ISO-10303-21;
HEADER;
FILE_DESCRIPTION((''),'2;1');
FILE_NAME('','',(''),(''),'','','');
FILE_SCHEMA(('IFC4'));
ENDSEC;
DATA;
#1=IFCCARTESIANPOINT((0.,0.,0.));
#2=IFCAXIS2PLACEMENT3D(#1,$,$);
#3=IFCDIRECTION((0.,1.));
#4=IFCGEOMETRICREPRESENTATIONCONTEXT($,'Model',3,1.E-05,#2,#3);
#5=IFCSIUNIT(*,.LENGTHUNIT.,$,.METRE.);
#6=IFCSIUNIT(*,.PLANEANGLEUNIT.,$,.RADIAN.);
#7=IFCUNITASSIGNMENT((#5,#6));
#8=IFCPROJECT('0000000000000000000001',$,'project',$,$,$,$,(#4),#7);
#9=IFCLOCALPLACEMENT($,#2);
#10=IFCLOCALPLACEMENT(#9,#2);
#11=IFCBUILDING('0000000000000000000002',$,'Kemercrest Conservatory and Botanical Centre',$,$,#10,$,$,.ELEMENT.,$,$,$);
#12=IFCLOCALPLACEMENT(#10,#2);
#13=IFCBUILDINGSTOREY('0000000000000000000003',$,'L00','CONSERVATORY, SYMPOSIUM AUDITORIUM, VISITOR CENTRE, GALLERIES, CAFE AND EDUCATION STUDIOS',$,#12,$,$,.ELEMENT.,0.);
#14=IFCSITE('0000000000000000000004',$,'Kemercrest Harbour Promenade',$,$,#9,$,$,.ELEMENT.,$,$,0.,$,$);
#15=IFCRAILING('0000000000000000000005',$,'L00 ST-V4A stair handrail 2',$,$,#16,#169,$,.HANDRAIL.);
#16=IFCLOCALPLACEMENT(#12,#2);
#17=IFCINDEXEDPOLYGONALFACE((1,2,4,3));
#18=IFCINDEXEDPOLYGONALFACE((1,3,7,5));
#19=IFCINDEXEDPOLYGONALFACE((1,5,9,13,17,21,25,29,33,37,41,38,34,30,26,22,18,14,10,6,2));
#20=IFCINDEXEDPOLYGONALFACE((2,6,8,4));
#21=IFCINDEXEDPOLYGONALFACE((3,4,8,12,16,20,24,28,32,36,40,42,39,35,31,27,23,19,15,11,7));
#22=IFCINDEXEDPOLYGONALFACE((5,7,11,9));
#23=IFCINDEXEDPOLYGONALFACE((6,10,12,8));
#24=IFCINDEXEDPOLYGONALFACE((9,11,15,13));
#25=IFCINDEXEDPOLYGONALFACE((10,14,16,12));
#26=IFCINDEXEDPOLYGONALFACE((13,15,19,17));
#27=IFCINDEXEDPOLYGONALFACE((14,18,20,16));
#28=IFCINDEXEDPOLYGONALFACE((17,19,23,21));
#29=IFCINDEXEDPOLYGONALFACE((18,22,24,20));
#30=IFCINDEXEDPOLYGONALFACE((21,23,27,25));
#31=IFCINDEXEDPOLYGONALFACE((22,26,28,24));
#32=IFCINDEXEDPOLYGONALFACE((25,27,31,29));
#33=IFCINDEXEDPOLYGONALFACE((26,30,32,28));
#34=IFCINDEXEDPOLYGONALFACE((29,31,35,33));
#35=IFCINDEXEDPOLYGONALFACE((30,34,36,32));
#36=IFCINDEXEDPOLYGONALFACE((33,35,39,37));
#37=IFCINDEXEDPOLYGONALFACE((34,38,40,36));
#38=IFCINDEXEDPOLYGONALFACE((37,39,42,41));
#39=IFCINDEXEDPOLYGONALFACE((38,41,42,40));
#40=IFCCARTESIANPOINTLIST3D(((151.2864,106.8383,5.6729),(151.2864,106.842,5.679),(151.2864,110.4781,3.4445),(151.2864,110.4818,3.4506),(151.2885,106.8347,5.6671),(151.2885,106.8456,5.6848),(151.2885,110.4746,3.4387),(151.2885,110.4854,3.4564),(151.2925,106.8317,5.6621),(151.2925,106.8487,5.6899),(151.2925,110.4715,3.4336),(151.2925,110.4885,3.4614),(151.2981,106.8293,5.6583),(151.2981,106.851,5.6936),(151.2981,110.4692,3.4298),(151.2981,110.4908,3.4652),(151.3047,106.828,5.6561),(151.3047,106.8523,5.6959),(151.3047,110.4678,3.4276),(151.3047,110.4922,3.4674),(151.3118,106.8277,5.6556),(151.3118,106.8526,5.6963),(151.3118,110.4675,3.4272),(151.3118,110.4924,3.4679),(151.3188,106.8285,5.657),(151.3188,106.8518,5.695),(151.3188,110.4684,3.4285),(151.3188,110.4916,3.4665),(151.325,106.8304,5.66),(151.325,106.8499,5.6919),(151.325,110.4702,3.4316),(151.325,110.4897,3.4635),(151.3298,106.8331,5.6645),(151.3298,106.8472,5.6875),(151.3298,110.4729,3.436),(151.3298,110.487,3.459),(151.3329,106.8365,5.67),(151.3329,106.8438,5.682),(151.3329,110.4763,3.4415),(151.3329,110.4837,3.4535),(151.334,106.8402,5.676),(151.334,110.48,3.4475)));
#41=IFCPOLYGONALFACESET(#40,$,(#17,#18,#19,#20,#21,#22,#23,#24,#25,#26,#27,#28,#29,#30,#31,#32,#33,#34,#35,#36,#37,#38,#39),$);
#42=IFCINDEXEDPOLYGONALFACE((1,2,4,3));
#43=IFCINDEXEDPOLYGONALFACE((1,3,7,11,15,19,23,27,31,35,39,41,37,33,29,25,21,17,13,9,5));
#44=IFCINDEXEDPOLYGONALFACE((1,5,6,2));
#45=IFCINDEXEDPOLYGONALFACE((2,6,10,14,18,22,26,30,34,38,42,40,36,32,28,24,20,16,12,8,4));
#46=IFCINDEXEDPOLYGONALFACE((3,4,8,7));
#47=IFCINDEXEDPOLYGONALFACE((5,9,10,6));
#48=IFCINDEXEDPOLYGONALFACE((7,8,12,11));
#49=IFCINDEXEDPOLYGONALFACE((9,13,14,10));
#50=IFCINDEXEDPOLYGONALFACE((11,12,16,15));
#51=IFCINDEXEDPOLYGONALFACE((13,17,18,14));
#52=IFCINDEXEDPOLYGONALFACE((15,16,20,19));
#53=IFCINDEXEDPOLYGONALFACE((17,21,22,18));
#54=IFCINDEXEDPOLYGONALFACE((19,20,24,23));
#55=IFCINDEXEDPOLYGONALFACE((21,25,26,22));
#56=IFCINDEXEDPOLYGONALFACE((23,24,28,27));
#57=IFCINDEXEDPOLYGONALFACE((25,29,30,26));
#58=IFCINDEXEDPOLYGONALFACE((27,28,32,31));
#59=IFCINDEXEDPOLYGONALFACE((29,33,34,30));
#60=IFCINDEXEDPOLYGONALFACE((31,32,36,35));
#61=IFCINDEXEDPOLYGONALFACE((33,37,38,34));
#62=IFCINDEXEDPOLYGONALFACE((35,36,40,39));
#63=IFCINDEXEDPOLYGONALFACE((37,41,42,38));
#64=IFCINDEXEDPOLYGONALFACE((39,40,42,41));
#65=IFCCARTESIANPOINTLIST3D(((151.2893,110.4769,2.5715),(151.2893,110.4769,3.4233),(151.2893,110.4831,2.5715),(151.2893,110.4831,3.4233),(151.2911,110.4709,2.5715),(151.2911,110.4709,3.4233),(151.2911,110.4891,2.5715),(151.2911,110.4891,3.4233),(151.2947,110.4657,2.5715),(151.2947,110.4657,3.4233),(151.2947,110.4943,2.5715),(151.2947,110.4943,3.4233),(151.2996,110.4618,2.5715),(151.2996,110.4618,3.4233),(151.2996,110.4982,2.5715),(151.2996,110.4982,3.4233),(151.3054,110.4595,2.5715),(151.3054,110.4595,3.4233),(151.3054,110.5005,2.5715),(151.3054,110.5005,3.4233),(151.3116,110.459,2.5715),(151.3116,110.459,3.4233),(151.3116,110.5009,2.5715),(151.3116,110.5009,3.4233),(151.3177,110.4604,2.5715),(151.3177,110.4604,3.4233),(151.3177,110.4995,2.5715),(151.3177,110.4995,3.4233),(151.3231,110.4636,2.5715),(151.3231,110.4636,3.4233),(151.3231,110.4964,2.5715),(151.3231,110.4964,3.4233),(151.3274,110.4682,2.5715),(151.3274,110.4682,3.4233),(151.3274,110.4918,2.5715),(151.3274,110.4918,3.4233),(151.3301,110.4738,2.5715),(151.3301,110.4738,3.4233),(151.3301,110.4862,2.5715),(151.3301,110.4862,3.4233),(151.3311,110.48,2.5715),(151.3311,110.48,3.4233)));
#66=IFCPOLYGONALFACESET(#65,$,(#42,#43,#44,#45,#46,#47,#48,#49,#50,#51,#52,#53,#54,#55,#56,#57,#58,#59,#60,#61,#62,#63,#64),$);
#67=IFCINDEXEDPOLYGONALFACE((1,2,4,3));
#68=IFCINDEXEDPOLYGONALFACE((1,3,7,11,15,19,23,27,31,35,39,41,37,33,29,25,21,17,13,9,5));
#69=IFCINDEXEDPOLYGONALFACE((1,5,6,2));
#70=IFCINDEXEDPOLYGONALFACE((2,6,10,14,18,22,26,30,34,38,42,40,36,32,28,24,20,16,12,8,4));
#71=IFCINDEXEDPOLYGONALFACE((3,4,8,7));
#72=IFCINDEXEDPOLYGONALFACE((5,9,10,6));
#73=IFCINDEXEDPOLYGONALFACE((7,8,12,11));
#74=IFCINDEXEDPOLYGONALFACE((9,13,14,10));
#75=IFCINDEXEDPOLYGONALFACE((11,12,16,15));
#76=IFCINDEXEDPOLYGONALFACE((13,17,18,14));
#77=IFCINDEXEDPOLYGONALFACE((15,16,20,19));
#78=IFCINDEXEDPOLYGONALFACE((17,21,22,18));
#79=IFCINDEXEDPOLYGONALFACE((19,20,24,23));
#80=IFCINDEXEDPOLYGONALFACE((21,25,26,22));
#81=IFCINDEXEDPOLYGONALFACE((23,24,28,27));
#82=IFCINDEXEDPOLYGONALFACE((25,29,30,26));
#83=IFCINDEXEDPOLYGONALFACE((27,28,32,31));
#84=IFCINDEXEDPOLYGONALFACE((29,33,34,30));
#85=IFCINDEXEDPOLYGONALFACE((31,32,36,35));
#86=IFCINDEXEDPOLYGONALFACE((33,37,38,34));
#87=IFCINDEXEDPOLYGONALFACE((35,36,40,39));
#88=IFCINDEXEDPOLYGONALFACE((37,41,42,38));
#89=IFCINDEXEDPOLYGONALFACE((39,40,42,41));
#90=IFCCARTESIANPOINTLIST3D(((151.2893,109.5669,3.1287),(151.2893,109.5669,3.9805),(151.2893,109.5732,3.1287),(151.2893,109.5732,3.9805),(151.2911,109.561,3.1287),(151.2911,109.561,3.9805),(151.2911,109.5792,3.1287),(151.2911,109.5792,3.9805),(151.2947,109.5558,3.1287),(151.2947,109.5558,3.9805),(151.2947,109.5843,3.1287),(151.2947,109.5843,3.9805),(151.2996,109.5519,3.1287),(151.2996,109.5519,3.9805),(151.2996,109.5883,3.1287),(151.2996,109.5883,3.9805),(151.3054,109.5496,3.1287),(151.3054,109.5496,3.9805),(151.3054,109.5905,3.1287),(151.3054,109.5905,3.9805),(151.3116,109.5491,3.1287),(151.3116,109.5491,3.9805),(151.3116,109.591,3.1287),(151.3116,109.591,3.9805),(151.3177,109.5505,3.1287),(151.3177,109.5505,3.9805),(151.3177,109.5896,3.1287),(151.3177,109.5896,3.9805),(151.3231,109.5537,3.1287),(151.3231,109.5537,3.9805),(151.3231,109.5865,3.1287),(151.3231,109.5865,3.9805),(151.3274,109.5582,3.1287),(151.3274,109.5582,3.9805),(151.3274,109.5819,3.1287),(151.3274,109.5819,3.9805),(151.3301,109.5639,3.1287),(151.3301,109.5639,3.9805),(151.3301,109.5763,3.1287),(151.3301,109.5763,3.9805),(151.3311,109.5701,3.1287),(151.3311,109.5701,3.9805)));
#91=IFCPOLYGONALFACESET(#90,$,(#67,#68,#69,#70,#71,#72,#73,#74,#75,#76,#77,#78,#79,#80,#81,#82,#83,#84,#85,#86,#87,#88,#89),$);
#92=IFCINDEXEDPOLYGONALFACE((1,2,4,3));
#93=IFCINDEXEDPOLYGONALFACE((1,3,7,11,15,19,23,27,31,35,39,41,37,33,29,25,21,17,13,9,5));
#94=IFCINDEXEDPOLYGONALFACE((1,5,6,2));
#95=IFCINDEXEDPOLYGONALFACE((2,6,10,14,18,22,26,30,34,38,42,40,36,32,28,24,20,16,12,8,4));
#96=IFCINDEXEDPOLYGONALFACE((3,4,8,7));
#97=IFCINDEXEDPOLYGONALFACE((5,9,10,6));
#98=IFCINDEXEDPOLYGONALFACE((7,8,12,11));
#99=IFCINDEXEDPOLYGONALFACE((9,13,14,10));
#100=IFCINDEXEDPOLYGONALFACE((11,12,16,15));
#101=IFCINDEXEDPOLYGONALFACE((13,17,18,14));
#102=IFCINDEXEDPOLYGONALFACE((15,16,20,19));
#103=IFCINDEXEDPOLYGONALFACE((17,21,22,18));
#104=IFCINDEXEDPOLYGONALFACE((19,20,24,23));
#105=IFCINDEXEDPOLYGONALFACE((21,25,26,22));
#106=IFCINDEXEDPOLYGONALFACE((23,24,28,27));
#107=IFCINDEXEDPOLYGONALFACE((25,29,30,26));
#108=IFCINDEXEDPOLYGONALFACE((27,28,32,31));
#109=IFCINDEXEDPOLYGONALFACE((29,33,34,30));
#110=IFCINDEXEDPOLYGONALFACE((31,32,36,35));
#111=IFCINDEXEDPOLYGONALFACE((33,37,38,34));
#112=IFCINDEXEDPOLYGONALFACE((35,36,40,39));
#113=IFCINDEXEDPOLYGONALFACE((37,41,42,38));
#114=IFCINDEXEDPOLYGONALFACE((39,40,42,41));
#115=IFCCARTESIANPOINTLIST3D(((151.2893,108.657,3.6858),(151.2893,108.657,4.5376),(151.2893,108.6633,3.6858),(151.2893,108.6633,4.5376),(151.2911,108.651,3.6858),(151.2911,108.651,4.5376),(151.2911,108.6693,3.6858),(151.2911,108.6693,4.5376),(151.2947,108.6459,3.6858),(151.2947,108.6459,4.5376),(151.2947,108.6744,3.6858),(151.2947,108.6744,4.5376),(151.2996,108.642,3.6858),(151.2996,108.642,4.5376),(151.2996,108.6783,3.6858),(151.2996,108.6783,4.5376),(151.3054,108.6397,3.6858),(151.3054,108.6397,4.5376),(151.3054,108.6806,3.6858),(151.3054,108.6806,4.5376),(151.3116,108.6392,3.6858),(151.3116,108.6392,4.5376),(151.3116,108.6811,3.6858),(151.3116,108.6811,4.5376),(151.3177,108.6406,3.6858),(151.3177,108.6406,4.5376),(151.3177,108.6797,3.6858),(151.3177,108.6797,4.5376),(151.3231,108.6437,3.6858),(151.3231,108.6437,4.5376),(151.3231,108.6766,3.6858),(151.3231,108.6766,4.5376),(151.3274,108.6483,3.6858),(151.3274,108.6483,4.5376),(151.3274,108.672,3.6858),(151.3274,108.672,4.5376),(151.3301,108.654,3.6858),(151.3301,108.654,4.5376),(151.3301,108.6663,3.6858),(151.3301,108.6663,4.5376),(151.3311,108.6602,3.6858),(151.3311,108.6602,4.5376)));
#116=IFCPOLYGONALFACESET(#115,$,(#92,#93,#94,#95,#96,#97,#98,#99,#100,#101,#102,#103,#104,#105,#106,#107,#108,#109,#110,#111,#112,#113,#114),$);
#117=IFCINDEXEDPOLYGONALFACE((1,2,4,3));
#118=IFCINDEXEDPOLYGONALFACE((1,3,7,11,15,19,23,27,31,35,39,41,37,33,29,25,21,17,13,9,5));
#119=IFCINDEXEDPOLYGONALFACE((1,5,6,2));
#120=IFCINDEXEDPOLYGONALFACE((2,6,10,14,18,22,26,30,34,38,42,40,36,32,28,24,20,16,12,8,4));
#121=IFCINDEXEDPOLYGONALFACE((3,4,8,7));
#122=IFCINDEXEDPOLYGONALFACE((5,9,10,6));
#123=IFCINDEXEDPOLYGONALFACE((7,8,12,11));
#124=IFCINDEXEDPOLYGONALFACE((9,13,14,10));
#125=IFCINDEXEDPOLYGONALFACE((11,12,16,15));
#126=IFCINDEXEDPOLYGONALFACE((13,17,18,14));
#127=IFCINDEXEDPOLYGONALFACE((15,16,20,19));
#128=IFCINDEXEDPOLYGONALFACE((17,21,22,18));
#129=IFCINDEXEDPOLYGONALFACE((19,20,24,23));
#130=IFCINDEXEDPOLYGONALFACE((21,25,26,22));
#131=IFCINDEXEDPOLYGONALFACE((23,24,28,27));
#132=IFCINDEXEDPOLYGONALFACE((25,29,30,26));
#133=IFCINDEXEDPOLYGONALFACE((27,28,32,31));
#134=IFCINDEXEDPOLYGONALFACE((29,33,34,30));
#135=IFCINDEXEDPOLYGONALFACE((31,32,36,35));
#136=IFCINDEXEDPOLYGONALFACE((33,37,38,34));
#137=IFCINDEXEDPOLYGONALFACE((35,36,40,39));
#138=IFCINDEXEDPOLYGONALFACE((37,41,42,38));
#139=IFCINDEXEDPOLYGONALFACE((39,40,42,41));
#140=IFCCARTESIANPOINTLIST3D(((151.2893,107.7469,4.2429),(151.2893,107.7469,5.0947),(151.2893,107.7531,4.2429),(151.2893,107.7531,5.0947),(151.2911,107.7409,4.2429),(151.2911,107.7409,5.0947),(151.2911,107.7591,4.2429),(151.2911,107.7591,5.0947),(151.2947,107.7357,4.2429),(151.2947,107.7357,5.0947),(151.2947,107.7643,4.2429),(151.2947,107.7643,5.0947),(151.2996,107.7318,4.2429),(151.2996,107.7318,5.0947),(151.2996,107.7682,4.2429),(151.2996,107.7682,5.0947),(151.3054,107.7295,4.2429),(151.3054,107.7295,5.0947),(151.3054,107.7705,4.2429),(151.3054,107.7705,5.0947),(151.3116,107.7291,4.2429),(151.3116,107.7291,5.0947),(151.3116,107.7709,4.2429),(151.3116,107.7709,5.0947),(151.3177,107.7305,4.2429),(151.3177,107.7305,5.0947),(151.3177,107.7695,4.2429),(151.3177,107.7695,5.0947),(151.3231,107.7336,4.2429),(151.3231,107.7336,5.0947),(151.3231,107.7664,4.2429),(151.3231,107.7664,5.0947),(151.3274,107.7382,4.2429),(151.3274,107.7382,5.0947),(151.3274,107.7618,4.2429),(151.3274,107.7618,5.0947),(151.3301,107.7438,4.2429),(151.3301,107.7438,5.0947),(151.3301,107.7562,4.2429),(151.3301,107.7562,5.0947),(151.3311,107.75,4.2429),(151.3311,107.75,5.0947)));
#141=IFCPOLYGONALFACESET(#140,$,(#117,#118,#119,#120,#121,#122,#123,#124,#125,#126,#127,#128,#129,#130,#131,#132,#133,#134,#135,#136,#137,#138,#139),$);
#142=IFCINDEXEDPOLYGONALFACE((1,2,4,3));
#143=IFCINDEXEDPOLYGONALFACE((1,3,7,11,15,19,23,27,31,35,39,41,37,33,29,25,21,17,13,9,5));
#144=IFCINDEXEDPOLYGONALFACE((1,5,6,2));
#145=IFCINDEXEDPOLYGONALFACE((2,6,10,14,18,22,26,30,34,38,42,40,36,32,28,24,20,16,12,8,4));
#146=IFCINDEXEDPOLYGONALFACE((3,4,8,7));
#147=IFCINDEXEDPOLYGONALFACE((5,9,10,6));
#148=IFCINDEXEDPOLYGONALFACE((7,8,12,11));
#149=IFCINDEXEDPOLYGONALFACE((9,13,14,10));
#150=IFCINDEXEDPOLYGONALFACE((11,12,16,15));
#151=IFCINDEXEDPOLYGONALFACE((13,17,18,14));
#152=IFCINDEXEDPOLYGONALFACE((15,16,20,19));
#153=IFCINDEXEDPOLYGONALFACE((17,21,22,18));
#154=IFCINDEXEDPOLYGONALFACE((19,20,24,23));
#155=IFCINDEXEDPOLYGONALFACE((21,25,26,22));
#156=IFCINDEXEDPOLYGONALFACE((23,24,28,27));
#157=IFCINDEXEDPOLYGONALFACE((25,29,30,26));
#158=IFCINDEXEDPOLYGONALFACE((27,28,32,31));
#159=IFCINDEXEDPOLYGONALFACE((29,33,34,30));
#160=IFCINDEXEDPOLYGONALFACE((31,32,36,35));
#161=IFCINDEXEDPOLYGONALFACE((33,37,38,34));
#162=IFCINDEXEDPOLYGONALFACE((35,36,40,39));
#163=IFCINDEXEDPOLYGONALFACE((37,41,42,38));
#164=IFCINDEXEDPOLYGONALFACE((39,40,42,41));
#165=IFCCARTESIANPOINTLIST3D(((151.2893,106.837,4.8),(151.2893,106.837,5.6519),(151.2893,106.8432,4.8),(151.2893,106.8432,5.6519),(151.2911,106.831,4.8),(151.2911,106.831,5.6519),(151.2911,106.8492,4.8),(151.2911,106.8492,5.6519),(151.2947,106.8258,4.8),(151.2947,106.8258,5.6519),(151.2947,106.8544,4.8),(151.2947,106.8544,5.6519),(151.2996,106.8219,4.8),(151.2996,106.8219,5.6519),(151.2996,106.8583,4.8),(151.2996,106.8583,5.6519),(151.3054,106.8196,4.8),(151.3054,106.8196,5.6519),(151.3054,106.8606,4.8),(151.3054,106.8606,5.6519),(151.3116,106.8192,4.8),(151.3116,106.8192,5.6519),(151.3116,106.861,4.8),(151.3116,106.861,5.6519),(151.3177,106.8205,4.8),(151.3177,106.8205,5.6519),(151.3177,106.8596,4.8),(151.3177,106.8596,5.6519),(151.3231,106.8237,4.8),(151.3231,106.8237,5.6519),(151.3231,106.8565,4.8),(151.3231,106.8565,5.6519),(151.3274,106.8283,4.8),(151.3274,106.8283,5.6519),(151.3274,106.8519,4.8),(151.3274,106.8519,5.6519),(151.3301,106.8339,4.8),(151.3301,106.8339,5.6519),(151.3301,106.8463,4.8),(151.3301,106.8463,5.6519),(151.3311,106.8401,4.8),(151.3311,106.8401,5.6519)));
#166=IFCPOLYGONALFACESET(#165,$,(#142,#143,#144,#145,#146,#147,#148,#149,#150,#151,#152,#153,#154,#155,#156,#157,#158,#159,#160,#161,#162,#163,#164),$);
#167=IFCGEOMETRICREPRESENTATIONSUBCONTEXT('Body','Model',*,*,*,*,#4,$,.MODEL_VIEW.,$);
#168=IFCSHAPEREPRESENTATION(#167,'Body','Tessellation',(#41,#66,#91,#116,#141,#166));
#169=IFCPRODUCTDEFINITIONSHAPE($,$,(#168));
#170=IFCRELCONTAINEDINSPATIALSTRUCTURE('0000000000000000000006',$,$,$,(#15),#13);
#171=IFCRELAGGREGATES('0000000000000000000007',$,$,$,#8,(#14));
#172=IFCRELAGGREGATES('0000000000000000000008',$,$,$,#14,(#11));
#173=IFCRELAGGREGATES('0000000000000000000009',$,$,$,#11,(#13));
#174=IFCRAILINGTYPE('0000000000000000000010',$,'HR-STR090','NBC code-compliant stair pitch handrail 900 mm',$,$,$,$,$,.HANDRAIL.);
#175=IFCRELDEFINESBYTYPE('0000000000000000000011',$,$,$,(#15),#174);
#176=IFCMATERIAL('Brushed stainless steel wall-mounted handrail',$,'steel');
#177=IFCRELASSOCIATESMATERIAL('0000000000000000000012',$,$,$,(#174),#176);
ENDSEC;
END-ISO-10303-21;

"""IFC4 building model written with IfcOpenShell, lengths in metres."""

from ifc_helpers import new_model, si_unit, direction, frame, origin, origin_2d, place, context, subcontext, project, spatial, circle, extrude, material, type_object, element, save


model = new_model("IFC4")

# Units and contexts
model_context = context("Model", 3, precision=1e-05, world=origin(), true_north=direction((0.0, 1.0)))
body_context = subcontext(model_context, "Body", "Model", "MODEL_VIEW")
ifc_project = project(units=[si_unit("LENGTHUNIT", "METRE"), si_unit("PLANEANGLEUNIT", "RADIAN")], contexts=[model_context])

# Site, building, storey
site_placement = place(None, origin())
site = spatial("IfcSite", under=ifc_project, at=site_placement, Name="Kemercrest Harbour Promenade", CompositionType="ELEMENT", RefElevation=0.0)
building_placement = place(site_placement, origin())
building = spatial("IfcBuilding", under=site, at=building_placement, Name="Kemercrest Conservatory and Botanical Centre", CompositionType="ELEMENT")
storey_placement = place(building_placement, origin())
storey = spatial("IfcBuildingStorey", under=building, at=storey_placement, Name="L00", Description="CONSERVATORY, SYMPOSIUM AUDITORIUM, VISITOR CENTRE, GALLERIES, CAFE AND EDUCATION STUDIOS", CompositionType="ELEMENT", Elevation=0.0)

# Railing
ifc_material_1 = material(Name="Brushed stainless steel wall-mounted handrail", Category="steel")
railing_type_1 = type_object("IfcRailingType", Name="HR-STR090", Description="NBC code-compliant stair pitch handrail 900 mm", PredefinedType="HANDRAIL", material=ifc_material_1)
railing_1_placement = place(storey_placement, frame((151.3101, 110.48, 2.5715)))
element("IfcRailing", 1, at=railing_1_placement, inside=storey, type_object=railing_type_1, Name="L00 ST-V4A stair handrail 2", PredefinedType="HANDRAIL", context=body_context, shape_type="SweptSolid", body=[
    extrude(circle(Radius=0.0239, at=origin_2d()), frame((0.0, 0.0, 0.876), z_axis=(0.0, -0.85285, 0.522156), x_axis=(1.0, 0.0, 0.0)), (0.0, 0.0, 1.0), 4.2678),
    extrude(circle(Radius=0.021, at=origin_2d()), origin(), (0.0, 0.0, 1.0), 0.8518),
    extrude(circle(Radius=0.021, at=origin_2d()), frame((0.0, -0.9099, 0.5571)), (0.0, 0.0, 1.0), 0.8518),
    extrude(circle(Radius=0.021, at=origin_2d()), frame((0.0, -1.8198, 1.1143)), (0.0, 0.0, 1.0), 0.8518),
    extrude(circle(Radius=0.021, at=origin_2d()), frame((0.0, -2.73, 1.6714)), (0.0, 0.0, 1.0), 0.8518),
    extrude(circle(Radius=0.021, at=origin_2d()), frame((0.0, -3.6399, 2.2285)), (0.0, 0.0, 1.0), 0.8518),
])

save(model, "model.ifc")
